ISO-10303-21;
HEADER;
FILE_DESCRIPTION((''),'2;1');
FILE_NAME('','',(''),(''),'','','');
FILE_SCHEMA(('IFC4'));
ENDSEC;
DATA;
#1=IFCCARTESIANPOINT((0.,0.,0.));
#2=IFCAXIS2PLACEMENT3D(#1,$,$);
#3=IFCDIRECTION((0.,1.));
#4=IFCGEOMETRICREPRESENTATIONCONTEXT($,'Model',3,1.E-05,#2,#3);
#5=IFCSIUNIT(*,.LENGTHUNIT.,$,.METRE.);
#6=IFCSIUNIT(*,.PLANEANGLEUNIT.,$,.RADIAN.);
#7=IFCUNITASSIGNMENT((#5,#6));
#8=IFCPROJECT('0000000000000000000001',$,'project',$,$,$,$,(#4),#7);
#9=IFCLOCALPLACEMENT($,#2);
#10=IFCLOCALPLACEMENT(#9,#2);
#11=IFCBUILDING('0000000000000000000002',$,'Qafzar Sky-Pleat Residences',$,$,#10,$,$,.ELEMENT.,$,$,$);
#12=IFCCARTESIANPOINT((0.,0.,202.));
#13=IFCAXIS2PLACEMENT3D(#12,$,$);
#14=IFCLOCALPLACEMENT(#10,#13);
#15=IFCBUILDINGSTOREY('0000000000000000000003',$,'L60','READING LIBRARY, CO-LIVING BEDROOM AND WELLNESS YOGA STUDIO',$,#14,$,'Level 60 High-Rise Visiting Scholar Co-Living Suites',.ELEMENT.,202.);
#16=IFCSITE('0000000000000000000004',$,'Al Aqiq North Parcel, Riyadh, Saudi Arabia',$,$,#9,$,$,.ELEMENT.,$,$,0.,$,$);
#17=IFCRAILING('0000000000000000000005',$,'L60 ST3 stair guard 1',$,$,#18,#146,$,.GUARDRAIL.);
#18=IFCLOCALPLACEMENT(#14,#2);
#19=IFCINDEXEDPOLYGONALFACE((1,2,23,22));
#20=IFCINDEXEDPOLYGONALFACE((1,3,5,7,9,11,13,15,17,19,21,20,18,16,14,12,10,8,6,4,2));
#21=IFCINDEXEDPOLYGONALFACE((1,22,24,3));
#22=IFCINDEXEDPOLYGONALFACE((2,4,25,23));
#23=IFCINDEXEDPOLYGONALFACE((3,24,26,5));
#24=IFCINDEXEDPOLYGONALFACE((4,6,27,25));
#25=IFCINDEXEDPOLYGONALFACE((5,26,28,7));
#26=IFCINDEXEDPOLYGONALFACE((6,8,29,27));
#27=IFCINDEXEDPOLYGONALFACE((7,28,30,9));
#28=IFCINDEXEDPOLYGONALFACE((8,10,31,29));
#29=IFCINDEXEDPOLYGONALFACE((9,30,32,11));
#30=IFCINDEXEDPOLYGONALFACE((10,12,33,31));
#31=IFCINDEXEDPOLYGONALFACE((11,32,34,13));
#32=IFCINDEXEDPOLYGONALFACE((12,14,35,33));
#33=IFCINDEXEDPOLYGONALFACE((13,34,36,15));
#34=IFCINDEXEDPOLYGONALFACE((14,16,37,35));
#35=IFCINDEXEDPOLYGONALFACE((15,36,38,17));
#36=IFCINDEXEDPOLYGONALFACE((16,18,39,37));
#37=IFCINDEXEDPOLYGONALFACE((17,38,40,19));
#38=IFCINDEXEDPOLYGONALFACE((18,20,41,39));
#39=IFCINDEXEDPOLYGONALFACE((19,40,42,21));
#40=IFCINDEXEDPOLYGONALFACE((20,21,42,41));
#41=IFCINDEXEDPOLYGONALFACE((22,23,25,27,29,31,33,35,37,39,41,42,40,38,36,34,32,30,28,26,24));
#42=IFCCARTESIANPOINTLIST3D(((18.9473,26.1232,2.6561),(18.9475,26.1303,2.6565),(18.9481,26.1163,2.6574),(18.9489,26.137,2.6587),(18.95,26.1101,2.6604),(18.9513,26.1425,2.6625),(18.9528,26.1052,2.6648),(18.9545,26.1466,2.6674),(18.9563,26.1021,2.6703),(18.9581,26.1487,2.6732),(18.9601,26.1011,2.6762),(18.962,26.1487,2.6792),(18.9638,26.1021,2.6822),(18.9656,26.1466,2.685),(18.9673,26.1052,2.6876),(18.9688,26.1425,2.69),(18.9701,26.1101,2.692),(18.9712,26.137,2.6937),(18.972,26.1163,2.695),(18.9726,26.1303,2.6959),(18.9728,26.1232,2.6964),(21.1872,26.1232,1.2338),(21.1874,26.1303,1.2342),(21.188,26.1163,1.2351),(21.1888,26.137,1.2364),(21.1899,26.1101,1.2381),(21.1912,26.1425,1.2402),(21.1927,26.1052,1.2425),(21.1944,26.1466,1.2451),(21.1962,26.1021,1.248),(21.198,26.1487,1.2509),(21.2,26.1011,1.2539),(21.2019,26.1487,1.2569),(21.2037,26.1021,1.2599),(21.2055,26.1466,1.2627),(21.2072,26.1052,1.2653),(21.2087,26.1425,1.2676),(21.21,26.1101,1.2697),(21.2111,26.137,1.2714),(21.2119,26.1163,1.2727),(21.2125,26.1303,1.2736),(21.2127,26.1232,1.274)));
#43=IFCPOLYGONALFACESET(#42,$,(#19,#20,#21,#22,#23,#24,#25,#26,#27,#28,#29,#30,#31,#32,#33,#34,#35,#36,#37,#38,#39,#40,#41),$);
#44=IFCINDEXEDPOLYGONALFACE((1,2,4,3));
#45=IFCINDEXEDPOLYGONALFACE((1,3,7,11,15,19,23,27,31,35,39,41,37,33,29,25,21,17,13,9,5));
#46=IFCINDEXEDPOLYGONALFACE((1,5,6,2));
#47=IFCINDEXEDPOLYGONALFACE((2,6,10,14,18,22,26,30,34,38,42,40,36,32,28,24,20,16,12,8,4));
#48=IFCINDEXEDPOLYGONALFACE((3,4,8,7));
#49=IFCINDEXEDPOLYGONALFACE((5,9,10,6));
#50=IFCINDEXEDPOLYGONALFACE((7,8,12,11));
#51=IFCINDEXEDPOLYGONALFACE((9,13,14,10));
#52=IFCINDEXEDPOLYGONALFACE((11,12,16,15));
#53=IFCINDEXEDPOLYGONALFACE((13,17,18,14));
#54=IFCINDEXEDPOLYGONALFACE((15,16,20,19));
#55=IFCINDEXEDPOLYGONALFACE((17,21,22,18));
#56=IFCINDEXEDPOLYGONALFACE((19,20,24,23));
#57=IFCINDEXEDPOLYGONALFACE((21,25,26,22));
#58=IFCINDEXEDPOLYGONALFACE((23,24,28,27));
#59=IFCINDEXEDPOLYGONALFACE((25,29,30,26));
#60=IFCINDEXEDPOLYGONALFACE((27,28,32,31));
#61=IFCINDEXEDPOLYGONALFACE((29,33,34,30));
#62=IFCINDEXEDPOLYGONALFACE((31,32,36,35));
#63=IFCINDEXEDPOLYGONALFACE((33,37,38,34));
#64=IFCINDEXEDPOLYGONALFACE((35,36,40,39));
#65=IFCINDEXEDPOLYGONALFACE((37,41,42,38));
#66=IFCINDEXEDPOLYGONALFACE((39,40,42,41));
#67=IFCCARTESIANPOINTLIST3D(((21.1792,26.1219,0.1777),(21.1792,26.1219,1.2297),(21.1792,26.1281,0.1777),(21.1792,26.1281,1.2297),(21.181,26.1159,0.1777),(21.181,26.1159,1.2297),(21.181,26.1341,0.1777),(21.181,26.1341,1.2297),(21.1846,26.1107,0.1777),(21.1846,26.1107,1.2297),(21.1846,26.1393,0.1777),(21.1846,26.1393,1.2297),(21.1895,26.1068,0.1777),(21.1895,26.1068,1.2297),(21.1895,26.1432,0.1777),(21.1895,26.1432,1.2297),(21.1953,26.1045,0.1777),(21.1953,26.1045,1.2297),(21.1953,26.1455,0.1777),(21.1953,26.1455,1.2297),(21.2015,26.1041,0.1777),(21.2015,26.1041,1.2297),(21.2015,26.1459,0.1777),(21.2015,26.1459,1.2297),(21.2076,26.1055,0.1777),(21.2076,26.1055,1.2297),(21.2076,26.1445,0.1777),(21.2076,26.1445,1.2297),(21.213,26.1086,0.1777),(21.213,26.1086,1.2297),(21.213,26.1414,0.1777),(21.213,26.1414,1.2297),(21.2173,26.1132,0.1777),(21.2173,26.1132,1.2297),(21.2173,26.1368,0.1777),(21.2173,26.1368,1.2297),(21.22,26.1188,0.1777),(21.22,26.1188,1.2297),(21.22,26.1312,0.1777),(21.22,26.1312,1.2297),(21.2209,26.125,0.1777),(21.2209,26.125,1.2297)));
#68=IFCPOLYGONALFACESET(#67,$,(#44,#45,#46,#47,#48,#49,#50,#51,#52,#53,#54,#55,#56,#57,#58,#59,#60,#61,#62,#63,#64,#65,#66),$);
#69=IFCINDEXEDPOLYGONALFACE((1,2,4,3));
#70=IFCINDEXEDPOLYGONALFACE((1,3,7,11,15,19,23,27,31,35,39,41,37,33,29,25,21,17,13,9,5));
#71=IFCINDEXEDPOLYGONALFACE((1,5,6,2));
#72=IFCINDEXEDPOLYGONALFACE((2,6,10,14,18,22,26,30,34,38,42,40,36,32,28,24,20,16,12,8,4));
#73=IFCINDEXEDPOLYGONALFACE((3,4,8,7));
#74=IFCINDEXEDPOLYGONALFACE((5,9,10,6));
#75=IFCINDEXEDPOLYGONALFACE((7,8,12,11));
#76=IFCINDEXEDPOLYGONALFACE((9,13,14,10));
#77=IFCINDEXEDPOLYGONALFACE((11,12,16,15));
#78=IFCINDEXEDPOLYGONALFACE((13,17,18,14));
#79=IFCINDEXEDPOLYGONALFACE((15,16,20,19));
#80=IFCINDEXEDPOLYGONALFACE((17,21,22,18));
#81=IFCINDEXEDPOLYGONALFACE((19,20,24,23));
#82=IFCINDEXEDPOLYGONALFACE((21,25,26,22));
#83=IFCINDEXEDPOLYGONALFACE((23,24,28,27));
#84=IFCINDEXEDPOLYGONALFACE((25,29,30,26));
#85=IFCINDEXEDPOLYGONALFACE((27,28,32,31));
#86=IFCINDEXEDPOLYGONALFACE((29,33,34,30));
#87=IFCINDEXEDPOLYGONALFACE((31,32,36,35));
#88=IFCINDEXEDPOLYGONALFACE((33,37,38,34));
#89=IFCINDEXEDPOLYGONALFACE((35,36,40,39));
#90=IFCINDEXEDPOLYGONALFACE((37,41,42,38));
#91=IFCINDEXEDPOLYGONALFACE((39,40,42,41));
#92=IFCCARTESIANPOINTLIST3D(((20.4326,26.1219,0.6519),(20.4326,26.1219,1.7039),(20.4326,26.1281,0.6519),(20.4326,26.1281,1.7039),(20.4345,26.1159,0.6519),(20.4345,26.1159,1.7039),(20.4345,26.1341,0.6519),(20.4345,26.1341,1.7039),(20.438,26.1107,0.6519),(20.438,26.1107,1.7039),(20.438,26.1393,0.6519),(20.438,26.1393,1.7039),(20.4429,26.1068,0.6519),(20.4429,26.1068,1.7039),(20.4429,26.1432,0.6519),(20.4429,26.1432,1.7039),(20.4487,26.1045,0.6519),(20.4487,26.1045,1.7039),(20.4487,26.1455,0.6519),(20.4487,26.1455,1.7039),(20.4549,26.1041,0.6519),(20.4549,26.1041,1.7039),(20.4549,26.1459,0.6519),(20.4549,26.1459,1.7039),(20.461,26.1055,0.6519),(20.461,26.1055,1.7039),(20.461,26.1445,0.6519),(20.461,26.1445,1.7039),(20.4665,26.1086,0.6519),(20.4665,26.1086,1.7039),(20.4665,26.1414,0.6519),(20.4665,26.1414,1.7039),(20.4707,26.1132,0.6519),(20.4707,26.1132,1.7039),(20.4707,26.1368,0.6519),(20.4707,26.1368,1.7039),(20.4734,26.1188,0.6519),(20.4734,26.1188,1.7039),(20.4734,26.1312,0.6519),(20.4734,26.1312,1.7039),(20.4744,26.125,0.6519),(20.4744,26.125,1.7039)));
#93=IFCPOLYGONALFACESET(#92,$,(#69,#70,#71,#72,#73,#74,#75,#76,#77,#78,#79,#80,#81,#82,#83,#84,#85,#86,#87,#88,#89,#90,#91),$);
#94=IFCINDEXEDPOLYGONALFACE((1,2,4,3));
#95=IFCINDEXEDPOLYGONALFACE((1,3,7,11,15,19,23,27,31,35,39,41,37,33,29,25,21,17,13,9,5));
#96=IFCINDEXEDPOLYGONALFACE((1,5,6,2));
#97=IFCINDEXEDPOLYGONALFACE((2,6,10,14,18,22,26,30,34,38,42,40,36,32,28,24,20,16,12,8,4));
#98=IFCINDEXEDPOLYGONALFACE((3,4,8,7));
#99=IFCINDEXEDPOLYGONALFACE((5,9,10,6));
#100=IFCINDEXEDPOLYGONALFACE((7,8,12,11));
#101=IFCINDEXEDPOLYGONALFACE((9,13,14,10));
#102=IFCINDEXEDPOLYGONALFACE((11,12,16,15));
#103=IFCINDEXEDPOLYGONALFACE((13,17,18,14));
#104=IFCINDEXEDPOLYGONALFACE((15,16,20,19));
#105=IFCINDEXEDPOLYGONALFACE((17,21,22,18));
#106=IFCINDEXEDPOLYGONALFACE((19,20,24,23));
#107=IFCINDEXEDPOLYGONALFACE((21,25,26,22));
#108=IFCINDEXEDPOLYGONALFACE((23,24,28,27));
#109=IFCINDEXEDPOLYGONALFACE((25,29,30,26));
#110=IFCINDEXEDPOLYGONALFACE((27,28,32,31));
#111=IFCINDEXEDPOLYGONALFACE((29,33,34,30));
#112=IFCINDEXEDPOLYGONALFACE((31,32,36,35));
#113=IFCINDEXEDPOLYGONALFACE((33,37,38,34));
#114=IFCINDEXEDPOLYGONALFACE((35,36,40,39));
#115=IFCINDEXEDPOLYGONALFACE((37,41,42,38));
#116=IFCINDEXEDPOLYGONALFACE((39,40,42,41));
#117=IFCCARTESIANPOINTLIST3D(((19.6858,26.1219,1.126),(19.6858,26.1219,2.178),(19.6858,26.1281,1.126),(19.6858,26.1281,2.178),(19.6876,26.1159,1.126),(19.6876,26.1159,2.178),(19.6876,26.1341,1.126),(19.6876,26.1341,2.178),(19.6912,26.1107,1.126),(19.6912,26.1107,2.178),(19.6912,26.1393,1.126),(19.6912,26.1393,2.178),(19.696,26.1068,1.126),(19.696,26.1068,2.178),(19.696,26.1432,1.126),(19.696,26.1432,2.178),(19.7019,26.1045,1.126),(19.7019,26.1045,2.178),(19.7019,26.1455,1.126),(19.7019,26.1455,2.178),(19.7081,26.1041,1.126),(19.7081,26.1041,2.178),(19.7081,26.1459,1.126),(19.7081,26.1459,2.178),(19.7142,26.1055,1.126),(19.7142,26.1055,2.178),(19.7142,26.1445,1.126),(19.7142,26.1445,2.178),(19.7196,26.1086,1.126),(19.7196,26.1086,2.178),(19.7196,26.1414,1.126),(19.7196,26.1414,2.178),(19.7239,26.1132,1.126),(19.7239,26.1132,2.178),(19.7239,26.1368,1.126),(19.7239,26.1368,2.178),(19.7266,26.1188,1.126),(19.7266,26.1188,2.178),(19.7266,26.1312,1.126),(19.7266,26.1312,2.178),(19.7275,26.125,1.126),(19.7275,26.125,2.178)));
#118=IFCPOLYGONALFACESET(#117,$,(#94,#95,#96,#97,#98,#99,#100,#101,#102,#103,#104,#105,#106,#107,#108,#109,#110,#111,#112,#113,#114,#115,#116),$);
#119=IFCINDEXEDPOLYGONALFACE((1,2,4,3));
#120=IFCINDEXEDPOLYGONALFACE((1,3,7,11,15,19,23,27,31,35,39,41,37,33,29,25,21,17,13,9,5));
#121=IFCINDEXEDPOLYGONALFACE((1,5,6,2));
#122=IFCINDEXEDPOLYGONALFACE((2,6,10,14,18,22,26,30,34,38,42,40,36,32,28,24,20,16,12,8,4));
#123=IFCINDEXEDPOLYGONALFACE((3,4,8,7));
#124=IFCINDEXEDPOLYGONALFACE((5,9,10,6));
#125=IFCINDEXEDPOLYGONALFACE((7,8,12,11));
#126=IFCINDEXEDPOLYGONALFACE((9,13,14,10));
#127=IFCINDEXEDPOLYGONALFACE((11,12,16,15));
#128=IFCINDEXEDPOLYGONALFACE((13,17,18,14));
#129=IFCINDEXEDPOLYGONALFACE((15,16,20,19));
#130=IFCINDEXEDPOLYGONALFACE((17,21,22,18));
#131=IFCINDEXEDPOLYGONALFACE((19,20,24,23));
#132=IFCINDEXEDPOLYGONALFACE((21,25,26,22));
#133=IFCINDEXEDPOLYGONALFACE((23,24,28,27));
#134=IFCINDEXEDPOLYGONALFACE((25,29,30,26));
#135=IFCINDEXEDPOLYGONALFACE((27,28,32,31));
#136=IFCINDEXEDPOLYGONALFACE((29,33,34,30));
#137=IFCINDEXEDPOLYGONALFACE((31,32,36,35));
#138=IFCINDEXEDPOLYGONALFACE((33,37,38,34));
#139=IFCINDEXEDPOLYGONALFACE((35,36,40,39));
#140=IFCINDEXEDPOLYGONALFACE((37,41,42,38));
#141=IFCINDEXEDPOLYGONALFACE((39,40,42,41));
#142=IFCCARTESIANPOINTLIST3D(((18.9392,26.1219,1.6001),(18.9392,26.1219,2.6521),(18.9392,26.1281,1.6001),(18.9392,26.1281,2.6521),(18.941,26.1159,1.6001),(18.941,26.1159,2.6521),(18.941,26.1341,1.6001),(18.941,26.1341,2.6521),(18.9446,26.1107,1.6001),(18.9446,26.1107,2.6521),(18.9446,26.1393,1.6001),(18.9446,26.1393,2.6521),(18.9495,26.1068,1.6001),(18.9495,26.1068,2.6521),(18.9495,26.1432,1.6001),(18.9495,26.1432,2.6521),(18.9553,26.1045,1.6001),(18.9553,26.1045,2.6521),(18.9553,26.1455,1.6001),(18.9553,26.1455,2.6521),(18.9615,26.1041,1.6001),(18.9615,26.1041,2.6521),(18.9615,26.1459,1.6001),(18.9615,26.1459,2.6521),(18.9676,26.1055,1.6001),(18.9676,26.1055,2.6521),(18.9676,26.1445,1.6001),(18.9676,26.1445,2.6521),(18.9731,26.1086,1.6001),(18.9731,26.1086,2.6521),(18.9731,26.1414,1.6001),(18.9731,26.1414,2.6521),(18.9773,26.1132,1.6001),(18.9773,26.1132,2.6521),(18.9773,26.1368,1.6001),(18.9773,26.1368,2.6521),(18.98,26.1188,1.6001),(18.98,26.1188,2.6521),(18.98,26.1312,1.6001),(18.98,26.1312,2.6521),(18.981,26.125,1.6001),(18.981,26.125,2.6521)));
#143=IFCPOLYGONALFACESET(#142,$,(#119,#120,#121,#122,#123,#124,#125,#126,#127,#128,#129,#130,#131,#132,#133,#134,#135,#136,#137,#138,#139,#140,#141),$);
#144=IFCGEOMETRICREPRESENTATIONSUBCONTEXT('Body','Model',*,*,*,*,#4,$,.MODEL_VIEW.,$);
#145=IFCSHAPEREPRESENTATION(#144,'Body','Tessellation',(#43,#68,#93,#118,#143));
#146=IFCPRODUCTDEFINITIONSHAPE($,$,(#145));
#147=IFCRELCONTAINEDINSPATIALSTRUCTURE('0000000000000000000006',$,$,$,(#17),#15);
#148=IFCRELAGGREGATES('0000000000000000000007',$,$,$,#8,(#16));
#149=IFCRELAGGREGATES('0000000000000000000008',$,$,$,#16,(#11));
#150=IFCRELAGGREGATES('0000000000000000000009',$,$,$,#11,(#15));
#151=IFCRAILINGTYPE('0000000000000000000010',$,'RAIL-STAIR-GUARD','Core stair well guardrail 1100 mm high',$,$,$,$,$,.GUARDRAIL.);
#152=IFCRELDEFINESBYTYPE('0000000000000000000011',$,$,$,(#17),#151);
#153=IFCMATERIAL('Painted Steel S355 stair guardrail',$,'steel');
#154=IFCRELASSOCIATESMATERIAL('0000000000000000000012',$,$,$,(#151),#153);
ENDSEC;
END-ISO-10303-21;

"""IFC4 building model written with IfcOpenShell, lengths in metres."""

from ifc_helpers import new_model, si_unit, direction, frame, origin, origin_2d, place, context, subcontext, project, spatial, circle, extrude, source, transform, mapped, material, type_object, element, save


model = new_model("IFC4")

# Units and contexts
model_context = context("Model", 3, precision=1e-05, world=origin(), true_north=direction((0.0, 1.0)))
body_context = subcontext(model_context, "Body", "Model", "MODEL_VIEW")
ifc_project = project(units=[si_unit("LENGTHUNIT", "METRE"), si_unit("PLANEANGLEUNIT", "RADIAN")], contexts=[model_context])

# Site, building, storey
site_placement = place(None, origin())
site = spatial("IfcSite", under=ifc_project, at=site_placement, Name="Al Aqiq North Parcel, Riyadh, Saudi Arabia", CompositionType="ELEMENT", RefElevation=0.0)
building_placement = place(site_placement, origin())
building = spatial("IfcBuilding", under=site, at=building_placement, Name="Qafzar Sky-Pleat Residences", CompositionType="ELEMENT")
storey_placement = place(building_placement, frame((0.0, 0.0, 202.0)))
storey = spatial("IfcBuildingStorey", under=building, at=storey_placement, Name="L60", Description="READING LIBRARY, CO-LIVING BEDROOM AND WELLNESS YOGA STUDIO", LongName="Level 60 High-Rise Visiting Scholar Co-Living Suites", CompositionType="ELEMENT", Elevation=202.0)

# Railing
ifc_material_1 = material(Name="Painted Steel S355 stair guardrail", Category="steel")
railing_type_1 = type_object("IfcRailingType", Name="RAIL-STAIR-GUARD", Description="Core stair well guardrail 1100 mm high", PredefinedType="GUARDRAIL", material=ifc_material_1)
shared_shape_1 = source(origin(), body_context, "Body", "SweptSolid", [
    extrude(circle(Radius=0.0239, at=origin_2d()), frame((0.0, 0.0, 1.0762), z_axis=(-0.844188, 0.0, 0.536048), x_axis=(0.0, -1.0, 0.0)), (0.0, 0.0, 1.0), 2.6533),
    extrude(circle(Radius=0.021, at=origin_2d()), origin(), (0.0, 0.0, 1.0), 1.052),
    extrude(circle(Radius=0.021, at=origin_2d()), frame((-0.7466, 0.0, 0.4741)), (0.0, 0.0, 1.0), 1.052),
    extrude(circle(Radius=0.021, at=origin_2d()), frame((-1.4934, 0.0, 0.9482)), (0.0, 0.0, 1.0), 1.052),
    extrude(circle(Radius=0.021, at=origin_2d()), frame((-2.24, 0.0, 1.4224)), (0.0, 0.0, 1.0), 1.052),
])
railing_1_placement = place(storey_placement, frame((21.2, 26.125, 0.1777)))
element("IfcRailing", 1, at=railing_1_placement, inside=storey, type_object=railing_type_1, Name="L60 ST3 stair guard 1", PredefinedType="GUARDRAIL", context=body_context, shape_type="MappedRepresentation", body=[
    mapped(shared_shape_1, transform((0.0, 0.0, 0.0), x_axis=(1.0, 0.0, 0.0), y_axis=(0.0, 1.0, 0.0), z_axis=(0.0, 0.0, 1.0), scale=1.0)),
])

save(model, "model.ifc")
